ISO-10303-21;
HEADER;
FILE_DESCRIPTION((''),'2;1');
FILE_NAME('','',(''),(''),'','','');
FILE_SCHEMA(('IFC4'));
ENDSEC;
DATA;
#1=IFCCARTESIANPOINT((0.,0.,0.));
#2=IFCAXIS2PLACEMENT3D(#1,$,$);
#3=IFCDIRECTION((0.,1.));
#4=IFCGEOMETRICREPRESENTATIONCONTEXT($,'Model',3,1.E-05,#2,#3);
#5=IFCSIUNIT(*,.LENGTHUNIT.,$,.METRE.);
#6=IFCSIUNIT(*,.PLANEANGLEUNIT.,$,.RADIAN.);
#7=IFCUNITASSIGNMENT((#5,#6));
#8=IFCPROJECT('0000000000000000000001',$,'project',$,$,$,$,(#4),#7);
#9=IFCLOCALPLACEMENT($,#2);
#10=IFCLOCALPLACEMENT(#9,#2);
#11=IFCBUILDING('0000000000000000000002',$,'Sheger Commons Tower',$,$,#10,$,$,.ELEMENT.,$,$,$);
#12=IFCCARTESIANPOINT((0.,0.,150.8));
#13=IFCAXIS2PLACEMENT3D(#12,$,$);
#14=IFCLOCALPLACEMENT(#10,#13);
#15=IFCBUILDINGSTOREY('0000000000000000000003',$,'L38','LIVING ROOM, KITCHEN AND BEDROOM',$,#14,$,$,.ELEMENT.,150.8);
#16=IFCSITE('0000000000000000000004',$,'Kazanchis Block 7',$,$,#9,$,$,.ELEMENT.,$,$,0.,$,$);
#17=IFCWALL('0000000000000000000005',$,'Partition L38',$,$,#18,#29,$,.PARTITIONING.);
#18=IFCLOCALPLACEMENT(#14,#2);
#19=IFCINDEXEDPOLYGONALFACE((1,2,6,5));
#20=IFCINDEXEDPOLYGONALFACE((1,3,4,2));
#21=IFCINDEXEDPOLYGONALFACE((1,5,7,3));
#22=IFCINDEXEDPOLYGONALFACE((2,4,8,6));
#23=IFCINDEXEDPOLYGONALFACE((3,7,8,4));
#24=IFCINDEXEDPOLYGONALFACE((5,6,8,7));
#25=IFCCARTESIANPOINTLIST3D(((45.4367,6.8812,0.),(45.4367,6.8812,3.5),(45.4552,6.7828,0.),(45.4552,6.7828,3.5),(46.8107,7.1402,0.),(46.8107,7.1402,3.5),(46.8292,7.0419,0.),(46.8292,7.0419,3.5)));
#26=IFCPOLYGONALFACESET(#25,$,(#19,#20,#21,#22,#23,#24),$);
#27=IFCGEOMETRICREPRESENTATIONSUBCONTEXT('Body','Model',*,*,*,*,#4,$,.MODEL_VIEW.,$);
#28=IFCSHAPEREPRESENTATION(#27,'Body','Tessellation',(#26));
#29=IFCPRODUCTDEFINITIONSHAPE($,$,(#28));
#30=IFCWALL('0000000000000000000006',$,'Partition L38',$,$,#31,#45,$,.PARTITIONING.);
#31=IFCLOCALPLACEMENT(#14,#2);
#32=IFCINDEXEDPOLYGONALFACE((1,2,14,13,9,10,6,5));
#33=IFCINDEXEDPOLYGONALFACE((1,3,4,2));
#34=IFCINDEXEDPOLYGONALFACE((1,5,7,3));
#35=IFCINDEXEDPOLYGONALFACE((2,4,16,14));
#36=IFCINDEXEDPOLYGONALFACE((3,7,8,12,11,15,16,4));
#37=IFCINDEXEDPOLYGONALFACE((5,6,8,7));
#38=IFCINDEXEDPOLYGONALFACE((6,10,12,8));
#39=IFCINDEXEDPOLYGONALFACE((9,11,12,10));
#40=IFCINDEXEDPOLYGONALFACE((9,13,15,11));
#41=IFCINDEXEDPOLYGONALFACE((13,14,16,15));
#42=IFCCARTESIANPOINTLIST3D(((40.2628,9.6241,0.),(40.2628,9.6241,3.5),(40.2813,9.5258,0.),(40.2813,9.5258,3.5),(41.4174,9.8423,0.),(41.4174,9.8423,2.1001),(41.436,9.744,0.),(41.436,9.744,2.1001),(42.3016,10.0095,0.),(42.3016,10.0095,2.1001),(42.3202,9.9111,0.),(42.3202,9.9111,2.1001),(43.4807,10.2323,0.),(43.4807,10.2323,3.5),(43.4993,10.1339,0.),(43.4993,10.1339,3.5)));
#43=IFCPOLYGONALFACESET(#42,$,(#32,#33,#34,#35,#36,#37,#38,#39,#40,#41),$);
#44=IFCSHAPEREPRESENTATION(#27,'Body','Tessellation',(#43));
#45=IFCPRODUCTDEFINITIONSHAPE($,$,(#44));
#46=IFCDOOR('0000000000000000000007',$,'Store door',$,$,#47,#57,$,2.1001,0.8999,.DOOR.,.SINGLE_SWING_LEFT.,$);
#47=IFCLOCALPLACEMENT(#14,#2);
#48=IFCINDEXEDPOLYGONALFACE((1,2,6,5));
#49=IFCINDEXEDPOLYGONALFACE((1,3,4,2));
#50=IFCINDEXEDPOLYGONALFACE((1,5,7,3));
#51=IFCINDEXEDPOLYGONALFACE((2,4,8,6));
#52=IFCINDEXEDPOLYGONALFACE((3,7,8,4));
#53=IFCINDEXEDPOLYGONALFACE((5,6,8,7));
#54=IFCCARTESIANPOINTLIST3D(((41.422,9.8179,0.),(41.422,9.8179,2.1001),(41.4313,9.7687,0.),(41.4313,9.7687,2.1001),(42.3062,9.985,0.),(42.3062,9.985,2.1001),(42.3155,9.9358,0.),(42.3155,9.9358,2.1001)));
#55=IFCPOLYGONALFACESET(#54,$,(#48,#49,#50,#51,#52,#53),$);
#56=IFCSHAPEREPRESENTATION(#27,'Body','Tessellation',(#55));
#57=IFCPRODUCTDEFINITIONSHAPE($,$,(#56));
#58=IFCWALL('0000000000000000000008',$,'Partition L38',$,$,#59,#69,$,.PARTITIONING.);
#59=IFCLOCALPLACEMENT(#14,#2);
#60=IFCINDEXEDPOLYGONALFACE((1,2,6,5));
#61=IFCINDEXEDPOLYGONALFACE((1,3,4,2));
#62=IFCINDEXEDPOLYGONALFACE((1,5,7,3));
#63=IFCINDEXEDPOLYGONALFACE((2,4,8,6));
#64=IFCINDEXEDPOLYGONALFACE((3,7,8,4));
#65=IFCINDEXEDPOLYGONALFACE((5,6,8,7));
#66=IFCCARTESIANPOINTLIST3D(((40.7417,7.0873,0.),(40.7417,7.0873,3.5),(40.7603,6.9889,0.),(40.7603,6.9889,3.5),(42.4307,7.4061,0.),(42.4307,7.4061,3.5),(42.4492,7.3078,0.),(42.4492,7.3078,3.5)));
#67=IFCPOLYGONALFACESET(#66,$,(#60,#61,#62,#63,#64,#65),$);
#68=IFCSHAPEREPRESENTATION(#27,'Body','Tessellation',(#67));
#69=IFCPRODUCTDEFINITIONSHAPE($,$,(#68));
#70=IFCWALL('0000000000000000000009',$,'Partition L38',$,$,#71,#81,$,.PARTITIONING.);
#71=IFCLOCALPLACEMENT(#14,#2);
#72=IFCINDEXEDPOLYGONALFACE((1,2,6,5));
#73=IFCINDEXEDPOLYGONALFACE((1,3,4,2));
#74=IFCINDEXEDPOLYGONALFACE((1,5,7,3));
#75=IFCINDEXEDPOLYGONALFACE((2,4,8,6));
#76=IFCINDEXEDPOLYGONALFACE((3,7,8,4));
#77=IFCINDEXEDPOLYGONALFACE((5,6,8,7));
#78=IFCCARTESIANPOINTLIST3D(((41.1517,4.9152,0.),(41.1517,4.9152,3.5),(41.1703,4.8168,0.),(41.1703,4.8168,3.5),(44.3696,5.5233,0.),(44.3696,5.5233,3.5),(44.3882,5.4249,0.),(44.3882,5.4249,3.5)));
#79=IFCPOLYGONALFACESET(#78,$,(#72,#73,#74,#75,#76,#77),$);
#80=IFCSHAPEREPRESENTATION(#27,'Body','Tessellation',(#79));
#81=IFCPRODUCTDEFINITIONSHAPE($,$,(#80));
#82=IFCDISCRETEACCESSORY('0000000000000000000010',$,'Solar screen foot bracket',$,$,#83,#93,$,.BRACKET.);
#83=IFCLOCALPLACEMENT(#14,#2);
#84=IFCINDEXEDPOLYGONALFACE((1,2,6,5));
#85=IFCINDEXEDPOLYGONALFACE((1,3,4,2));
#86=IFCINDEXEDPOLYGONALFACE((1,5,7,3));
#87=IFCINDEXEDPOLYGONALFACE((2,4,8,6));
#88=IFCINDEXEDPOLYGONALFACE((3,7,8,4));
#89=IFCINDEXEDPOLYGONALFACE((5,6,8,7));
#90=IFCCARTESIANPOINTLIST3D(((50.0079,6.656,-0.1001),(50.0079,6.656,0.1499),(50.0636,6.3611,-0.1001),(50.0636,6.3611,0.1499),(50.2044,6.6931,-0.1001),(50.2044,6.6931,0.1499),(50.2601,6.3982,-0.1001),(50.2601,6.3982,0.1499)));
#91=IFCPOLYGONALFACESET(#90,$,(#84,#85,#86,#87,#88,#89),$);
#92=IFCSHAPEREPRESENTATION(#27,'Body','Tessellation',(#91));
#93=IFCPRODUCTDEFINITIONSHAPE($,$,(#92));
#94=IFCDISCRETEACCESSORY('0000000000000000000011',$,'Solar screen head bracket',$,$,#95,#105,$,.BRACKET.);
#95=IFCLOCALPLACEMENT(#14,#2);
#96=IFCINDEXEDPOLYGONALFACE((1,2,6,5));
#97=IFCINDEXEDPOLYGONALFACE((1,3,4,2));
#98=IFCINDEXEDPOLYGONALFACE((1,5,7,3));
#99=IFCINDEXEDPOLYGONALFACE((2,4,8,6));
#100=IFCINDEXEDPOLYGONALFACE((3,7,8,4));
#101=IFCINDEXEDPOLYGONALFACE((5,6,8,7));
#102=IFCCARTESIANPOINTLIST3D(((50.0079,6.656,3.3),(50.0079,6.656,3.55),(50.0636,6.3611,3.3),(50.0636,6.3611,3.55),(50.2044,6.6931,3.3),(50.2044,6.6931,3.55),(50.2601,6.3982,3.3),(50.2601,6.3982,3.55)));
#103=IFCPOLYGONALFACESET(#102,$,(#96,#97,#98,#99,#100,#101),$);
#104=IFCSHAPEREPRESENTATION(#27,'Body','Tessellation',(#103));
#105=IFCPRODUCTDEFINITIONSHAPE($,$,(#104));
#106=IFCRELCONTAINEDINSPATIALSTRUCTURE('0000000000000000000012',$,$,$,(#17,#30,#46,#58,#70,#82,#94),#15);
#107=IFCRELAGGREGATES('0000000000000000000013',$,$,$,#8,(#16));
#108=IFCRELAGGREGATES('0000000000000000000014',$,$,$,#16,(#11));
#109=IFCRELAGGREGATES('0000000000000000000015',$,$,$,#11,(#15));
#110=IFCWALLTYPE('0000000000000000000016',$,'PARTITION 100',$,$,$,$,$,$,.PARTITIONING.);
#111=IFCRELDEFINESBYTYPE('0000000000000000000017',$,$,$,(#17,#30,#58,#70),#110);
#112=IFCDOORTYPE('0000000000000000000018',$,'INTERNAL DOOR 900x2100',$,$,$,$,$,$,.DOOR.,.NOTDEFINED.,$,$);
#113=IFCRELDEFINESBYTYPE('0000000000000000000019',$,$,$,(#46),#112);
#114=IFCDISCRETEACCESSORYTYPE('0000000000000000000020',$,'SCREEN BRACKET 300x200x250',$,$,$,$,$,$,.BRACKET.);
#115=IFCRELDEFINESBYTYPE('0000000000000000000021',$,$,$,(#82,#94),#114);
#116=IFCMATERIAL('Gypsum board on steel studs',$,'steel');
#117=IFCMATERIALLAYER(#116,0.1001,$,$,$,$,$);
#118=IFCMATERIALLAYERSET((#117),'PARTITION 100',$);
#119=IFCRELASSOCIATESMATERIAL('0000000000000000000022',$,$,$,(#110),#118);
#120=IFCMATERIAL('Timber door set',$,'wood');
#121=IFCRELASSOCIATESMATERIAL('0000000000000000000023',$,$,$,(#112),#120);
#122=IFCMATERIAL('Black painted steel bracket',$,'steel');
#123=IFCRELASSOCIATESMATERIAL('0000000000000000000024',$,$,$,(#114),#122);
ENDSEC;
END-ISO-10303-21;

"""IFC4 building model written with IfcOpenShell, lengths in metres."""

from ifc_helpers import new_model, si_unit, direction, frame, frame_2d, origin, origin_2d, place, context, subcontext, project, spatial, rectangle, extrude, material, layer, layer_set, type_object, element, fill, save


model = new_model("IFC4")

# Units and contexts
model_context = context("Model", 3, precision=1e-05, world=origin(), true_north=direction((0.0, 1.0)))
body_context = subcontext(model_context, "Body", "Model", "MODEL_VIEW")
ifc_project = project(units=[si_unit("LENGTHUNIT", "METRE"), si_unit("PLANEANGLEUNIT", "RADIAN")], contexts=[model_context])

# Site, building, storey
site_placement = place(None, origin())
site = spatial("IfcSite", under=ifc_project, at=site_placement, Name="Kazanchis Block 7", CompositionType="ELEMENT", RefElevation=0.0)
building_placement = place(site_placement, origin())
building = spatial("IfcBuilding", under=site, at=building_placement, Name="Sheger Commons Tower", CompositionType="ELEMENT")
storey_placement = place(building_placement, frame((0.0, 0.0, 150.8)))
storey = spatial("IfcBuildingStorey", under=building, at=storey_placement, Name="L38", Description="LIVING ROOM, KITCHEN AND BEDROOM", CompositionType="ELEMENT", Elevation=150.8)

# Shared definitions
ifc_material_1 = material(Name="Gypsum board on steel studs", Category="steel")
ifc_layer_1 = layer(ifc_material_1, 0.1001)
ifc_layer_set_1 = layer_set([ifc_layer_1], Name="PARTITION 100")
wall_type_1 = type_object("IfcWallType", Name="PARTITION 100", PredefinedType="PARTITIONING", material=ifc_layer_set_1)

# Shared definitions
ifc_material_2 = material(Name="Timber door set", Category="wood")
door_type = type_object("IfcDoorType", Name="INTERNAL DOOR 900x2100", OperationType="NOTDEFINED", PredefinedType="DOOR", material=ifc_material_2)

# Wall
wall_1_placement = place(storey_placement, frame((46.8201, 7.0911, 0.0), z_axis=(0.0, 0.0, 1.0), x_axis=(-0.98269, -0.185258, 0.0)))
element("IfcWall", 1, at=wall_1_placement, inside=storey, type_object=wall_type_1, Name="Partition L38", PredefinedType="PARTITIONING", context=body_context, shape_type="SweptSolid", body=[
    extrude(rectangle(XDim=1.3982, YDim=0.1001, at=frame_2d((0.6992, 0.0))), origin(), (0.0, 0.0, 1.0), 3.5),
])

# Wall, opening, door
wall_2_placement = place(storey_placement, frame((43.49, 10.1831, 0.0), z_axis=(0.0, 0.0, 1.0), x_axis=(-0.982607, -0.185697, 0.0)))
wall_2 = element("IfcWall", 2, at=wall_2_placement, inside=storey, type_object=wall_type_1, Name="Partition L38", PredefinedType="PARTITIONING", context=body_context, shape_type="SweptSolid", body=[
    extrude(rectangle(XDim=3.2749, YDim=0.1001, at=frame_2d((1.6375, 0.0))), origin(), (0.0, 0.0, 1.0), 3.5),
])
opening_1_placement = place(wall_2_placement, frame((1.2, 0.0, 0.0)))
opening_1 = element("IfcOpeningElement", 3, at=opening_1_placement, cuts=wall_2, PredefinedType="OPENING", context=body_context, shape_type="SweptSolid", body=[
    extrude(rectangle(XDim=0.8999, YDim=2.1001, at=frame_2d((0.45, 1.05))), frame((0.0, 0.0601, 0.0), z_axis=(0.0, -1.0, 0.0), x_axis=(1.0, 0.0, 0.0)), (0.0, 0.0, 1.0), 0.1201),
])
door_1_placement = place(opening_1_placement, origin())
door_1 = element("IfcDoor", 4, at=door_1_placement, inside=storey, type_object=door_type, Name="Store door", OperationType="SINGLE_SWING_LEFT", OverallHeight=2.1001, OverallWidth=0.8999, PredefinedType="DOOR", context=body_context, shape_type="SweptSolid", body=[
    extrude(rectangle(XDim=0.8999, YDim=2.1001, at=frame_2d((0.45, 1.05))), frame((0.0, 0.0249, 0.0), z_axis=(0.0, -1.0, 0.0), x_axis=(1.0, 0.0, 0.0)), (0.0, 0.0, 1.0), 0.05),
])
fill(opening_1, door_1)

# Walls
wall_3_placement = place(storey_placement, frame((42.4399, 7.3569, 0.0), z_axis=(0.0, 0.0, 1.0), x_axis=(-0.982643, -0.185506, 0.0)))
element("IfcWall", 5, at=wall_3_placement, inside=storey, type_object=wall_type_1, Name="Partition L38", PredefinedType="PARTITIONING", context=body_context, shape_type="SweptSolid", body=[
    extrude(rectangle(XDim=1.7188, YDim=0.1001, at=frame_2d((0.8594, 0.0))), origin(), (0.0, 0.0, 1.0), 3.5),
])
wall_4_placement = place(storey_placement, frame((44.3789, 5.4741, 0.0), z_axis=(0.0, 0.0, 1.0), x_axis=(-0.982607, -0.185697, 0.0)))
element("IfcWall", 6, at=wall_4_placement, inside=storey, type_object=wall_type_1, Name="Partition L38", PredefinedType="PARTITIONING", context=body_context, shape_type="SweptSolid", body=[
    extrude(rectangle(XDim=3.2749, YDim=0.1001, at=frame_2d((1.6375, 0.0))), origin(), (0.0, 0.0, 1.0), 3.5),
])

# Discrete accessories
ifc_material_3 = material(Name="Black painted steel bracket", Category="steel")
discrete_accessory_type = type_object("IfcDiscreteAccessoryType", Name="SCREEN BRACKET 300x200x250", PredefinedType="BRACKET", material=ifc_material_3)
for number, where, z_axis, x_axis, name in (
    (7, (50.134, 6.5271, -0.1001), (0.0, 0.0, 1.0), (-0.185615, 0.982623, 0.0), "Solar screen foot bracket"),
    (8, (50.134, 6.5271, 3.3), (0.0, 0.0, 1.0), (-0.185615, 0.982623, 0.0), "Solar screen head bracket"),
):
    element("IfcDiscreteAccessory", number, at=place(storey_placement, frame(where, z_axis=z_axis, x_axis=x_axis)), inside=storey, type_object=discrete_accessory_type, Name=name, PredefinedType="BRACKET", context=body_context, shape_type="SweptSolid", body=[
        extrude(rectangle(XDim=0.3, YDim=0.2, at=origin_2d()), origin(), (0.0, 0.0, 1.0), 0.25),
    ])

save(model, "model.ifc")
